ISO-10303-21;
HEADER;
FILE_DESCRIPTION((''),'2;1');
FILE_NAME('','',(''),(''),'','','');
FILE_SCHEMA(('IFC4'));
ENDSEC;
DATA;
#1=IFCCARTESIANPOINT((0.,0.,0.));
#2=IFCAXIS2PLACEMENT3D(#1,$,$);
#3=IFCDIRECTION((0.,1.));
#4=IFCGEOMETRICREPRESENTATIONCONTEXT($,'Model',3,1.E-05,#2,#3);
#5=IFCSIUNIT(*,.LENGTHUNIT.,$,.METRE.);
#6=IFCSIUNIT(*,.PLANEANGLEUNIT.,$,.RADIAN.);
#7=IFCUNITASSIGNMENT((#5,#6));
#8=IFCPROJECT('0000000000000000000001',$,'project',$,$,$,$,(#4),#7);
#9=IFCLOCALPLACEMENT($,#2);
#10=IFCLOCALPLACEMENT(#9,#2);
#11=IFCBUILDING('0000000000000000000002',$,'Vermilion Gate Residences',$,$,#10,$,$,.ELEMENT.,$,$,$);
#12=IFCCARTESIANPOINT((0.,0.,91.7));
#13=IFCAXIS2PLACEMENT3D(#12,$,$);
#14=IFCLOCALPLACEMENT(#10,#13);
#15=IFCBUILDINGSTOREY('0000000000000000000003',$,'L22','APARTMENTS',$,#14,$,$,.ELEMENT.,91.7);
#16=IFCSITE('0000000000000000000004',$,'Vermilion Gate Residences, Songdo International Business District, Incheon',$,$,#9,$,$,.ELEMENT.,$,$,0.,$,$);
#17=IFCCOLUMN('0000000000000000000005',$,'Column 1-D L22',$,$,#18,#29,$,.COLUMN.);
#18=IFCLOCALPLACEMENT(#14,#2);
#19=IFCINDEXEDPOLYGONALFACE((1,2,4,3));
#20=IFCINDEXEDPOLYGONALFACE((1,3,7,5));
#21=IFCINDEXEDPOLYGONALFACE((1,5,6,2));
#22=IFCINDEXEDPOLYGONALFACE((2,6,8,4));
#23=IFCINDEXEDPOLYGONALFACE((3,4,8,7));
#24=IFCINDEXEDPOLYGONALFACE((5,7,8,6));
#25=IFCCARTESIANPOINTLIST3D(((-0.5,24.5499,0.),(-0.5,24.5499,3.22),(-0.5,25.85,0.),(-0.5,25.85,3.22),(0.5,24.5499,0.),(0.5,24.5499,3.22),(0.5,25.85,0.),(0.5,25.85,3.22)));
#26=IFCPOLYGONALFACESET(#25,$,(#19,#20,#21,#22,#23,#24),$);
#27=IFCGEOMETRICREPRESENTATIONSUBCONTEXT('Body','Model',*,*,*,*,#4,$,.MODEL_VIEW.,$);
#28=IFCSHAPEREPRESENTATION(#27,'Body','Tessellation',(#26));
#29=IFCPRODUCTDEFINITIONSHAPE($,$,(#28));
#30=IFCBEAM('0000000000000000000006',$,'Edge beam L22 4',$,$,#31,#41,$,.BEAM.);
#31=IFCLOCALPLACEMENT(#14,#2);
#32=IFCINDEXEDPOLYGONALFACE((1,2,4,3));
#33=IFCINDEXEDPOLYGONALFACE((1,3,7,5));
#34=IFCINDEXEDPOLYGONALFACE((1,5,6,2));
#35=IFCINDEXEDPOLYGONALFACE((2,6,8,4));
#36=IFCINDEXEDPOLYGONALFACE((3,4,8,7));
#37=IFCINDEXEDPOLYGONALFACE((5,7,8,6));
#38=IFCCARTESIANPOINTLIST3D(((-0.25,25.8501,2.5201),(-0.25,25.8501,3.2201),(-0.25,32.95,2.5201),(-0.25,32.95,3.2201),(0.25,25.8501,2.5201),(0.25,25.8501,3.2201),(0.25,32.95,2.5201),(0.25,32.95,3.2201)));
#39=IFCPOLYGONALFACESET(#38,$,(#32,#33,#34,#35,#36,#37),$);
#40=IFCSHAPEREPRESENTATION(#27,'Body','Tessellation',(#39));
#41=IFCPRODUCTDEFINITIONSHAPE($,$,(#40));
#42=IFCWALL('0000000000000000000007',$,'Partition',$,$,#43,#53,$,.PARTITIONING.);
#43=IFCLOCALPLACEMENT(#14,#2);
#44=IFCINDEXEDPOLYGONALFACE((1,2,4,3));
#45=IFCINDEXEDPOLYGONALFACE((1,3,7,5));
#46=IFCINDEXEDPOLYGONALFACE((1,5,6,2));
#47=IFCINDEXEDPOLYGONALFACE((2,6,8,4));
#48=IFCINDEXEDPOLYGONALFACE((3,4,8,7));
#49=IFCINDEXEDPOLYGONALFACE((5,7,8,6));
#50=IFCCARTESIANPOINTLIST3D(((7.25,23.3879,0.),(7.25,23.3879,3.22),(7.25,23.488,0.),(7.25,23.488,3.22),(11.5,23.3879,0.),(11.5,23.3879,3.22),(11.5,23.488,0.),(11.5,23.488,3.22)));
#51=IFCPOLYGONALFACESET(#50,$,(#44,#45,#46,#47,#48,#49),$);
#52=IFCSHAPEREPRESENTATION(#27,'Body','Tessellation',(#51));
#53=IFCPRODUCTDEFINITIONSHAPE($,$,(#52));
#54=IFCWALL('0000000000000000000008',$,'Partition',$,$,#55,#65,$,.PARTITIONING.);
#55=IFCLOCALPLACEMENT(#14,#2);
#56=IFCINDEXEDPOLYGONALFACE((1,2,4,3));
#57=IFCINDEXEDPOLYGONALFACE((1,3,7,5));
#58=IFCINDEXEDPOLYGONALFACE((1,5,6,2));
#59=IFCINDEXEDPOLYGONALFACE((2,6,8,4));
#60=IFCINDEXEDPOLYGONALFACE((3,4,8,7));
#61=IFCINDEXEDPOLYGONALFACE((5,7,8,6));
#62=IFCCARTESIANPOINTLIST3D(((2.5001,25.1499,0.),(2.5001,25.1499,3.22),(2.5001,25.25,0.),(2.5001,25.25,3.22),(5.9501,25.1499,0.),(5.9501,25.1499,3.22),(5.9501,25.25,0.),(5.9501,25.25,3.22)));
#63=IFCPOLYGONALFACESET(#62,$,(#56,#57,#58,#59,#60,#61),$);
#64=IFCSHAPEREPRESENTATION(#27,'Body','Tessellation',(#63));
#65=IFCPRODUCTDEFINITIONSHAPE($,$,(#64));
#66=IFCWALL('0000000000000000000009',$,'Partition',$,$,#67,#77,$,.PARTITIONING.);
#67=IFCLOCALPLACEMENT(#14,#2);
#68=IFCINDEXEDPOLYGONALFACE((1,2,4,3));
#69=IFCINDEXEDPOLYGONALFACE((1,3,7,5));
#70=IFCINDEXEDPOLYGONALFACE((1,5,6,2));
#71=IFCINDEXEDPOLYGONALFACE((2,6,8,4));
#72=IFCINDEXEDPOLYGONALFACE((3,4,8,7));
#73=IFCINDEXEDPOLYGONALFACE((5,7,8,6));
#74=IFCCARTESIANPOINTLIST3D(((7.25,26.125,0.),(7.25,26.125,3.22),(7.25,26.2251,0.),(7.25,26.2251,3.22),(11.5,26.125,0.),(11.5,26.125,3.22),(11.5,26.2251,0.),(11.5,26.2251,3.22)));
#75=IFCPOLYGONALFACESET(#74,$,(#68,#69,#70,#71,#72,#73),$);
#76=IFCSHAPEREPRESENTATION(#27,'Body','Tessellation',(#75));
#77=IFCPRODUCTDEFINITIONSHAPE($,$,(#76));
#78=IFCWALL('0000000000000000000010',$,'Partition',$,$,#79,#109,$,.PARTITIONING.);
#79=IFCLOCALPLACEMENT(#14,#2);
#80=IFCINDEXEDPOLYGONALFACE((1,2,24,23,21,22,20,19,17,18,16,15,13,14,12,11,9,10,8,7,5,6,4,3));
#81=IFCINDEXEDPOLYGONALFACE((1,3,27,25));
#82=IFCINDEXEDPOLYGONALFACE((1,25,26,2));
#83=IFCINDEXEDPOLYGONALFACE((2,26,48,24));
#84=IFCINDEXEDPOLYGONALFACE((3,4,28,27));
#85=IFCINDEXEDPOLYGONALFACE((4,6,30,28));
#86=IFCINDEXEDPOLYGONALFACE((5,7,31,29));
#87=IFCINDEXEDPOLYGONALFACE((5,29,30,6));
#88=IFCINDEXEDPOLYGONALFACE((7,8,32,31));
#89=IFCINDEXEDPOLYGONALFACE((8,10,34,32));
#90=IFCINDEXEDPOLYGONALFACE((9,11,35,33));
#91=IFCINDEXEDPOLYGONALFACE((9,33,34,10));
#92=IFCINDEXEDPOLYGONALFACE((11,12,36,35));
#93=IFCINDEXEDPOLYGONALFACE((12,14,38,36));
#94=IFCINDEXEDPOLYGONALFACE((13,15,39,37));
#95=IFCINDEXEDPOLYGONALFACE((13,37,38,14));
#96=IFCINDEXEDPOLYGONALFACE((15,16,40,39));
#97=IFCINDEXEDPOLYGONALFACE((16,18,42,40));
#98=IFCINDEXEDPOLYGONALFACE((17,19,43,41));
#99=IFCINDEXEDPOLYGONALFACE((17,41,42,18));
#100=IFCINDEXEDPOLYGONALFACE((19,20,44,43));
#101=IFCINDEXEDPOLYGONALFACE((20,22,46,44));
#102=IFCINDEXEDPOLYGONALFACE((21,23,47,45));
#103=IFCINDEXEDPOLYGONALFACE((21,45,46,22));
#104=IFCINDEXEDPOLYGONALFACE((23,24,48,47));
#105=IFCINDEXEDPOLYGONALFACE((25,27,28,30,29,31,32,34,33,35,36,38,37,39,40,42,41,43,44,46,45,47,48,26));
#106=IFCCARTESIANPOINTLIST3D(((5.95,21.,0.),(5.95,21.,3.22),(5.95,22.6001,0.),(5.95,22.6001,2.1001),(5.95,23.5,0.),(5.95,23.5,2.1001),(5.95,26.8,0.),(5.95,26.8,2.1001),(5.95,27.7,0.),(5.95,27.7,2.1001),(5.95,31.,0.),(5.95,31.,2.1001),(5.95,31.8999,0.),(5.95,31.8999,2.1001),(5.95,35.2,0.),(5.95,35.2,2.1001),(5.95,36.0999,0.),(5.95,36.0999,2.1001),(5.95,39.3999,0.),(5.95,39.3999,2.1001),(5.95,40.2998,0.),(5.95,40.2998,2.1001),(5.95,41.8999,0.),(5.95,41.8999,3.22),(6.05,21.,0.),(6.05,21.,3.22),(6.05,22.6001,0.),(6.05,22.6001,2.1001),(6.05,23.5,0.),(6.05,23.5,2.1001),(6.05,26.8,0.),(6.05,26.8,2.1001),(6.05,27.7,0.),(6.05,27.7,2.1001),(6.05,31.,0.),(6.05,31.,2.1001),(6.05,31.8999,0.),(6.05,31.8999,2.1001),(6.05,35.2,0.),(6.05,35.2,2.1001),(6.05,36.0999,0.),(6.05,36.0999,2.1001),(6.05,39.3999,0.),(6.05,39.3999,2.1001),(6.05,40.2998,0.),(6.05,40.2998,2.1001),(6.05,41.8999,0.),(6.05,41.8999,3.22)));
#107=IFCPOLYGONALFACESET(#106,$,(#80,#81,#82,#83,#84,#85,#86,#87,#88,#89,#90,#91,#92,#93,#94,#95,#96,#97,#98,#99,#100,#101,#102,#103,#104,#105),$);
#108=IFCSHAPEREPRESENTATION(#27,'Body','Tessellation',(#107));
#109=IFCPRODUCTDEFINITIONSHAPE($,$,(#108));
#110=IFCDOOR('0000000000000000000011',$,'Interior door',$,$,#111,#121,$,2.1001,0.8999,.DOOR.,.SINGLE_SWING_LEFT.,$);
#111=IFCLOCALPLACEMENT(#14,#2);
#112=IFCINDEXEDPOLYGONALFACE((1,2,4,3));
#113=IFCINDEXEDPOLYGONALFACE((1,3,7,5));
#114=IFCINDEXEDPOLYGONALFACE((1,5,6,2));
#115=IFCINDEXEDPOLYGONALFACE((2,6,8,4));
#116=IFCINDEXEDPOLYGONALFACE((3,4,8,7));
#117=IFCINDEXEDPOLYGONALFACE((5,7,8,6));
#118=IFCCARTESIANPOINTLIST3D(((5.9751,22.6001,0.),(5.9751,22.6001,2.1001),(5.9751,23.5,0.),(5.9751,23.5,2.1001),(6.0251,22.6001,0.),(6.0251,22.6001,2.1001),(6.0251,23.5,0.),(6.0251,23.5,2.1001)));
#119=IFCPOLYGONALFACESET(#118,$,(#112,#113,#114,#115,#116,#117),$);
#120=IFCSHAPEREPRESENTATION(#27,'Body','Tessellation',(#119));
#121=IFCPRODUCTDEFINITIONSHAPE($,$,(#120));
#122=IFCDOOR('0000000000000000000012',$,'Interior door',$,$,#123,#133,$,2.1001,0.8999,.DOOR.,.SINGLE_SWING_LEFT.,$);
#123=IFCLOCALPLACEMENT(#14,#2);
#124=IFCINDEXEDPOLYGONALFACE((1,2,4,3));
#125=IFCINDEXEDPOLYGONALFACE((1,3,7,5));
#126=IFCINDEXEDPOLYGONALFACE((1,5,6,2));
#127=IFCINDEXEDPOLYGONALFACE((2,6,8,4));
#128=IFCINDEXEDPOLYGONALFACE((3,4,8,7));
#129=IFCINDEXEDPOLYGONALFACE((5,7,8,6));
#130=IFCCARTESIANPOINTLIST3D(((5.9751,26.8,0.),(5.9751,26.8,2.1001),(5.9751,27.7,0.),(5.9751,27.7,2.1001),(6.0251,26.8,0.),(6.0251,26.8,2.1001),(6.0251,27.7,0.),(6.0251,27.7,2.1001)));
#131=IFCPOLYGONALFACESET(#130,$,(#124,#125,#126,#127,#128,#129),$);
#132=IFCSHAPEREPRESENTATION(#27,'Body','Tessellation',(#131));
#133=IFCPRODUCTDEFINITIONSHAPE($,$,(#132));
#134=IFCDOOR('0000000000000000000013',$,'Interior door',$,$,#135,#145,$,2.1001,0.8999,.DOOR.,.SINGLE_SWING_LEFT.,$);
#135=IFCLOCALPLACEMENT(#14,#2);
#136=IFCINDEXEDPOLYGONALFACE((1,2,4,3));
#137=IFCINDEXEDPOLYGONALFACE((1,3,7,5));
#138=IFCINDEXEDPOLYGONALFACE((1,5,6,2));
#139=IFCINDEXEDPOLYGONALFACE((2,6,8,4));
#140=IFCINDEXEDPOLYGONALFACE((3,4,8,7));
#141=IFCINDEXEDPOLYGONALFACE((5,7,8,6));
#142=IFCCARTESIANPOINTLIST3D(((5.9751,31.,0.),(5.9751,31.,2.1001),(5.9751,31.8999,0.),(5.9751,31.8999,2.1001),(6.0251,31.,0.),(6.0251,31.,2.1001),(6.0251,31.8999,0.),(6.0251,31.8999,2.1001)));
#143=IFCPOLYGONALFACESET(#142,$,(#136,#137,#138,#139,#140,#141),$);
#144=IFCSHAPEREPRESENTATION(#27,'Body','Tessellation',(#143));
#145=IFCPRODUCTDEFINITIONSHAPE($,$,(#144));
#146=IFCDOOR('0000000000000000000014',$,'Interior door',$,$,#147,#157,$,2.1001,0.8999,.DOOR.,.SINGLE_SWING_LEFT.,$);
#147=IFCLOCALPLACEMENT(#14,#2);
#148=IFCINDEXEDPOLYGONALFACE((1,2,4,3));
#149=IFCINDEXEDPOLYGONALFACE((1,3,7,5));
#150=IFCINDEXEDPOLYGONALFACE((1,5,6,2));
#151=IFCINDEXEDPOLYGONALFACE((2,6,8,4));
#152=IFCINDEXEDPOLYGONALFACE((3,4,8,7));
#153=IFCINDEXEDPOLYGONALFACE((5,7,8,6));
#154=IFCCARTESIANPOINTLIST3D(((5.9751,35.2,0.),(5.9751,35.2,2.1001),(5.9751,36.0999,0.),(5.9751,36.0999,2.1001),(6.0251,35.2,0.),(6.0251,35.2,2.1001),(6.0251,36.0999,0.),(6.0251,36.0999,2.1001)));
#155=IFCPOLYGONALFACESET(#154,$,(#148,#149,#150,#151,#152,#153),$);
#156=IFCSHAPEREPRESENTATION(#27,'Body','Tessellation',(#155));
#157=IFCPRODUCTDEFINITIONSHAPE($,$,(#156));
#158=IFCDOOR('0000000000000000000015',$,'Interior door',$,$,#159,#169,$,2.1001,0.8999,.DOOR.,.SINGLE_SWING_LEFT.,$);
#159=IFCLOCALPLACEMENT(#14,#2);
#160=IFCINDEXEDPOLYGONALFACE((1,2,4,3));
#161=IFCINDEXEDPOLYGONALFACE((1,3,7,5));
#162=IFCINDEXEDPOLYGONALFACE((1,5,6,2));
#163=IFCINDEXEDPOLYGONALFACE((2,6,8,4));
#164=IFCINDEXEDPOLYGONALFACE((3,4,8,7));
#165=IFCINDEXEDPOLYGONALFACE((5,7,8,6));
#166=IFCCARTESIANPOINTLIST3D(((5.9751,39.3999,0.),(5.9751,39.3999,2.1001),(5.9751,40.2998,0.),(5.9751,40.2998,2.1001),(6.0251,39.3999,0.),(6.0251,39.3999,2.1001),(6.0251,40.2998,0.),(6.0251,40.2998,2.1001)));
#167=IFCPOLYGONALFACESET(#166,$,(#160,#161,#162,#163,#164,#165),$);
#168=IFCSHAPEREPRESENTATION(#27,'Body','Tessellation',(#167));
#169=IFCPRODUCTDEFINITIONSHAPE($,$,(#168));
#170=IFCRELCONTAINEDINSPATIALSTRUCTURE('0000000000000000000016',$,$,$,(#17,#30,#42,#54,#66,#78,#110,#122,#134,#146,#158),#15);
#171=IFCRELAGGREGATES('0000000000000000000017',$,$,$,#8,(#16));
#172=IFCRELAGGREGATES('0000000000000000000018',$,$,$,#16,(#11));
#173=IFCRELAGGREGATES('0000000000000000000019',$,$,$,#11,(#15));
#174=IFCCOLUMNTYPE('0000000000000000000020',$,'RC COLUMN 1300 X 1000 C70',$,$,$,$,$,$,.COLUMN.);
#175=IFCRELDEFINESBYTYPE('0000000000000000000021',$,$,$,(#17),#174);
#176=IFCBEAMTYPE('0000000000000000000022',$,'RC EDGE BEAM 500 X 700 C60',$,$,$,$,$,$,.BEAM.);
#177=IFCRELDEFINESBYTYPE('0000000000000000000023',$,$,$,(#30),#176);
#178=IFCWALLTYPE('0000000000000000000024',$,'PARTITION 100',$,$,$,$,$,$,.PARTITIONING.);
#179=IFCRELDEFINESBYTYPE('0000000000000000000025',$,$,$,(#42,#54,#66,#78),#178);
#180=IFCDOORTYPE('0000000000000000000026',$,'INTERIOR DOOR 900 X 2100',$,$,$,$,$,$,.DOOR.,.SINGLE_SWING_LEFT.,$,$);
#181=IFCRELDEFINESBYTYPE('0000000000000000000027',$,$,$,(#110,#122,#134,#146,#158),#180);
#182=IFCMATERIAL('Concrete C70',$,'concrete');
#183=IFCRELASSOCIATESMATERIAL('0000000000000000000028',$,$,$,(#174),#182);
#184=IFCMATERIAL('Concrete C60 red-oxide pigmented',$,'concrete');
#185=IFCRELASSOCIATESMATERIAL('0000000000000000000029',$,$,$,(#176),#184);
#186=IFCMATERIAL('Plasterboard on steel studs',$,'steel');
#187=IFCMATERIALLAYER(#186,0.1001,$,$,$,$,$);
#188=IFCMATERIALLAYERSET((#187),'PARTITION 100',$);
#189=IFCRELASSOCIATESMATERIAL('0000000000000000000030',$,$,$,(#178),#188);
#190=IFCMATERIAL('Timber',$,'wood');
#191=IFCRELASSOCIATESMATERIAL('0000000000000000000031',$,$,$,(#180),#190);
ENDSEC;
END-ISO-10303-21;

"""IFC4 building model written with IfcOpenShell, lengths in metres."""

from ifc_helpers import new_model, si_unit, direction, frame, frame_2d, origin, origin_2d, place, context, subcontext, project, spatial, rectangle, extrude, material, layer, layer_set, material_profile, profile_set, type_object, element, fill, save


model = new_model("IFC4")

# Units and contexts
model_context = context("Model", 3, precision=1e-05, world=origin(), true_north=direction((0.0, 1.0)))
body_context = subcontext(model_context, "Body", "Model", "MODEL_VIEW")
ifc_project = project(units=[si_unit("LENGTHUNIT", "METRE"), si_unit("PLANEANGLEUNIT", "RADIAN")], contexts=[model_context])

# Site, building, storey
site_placement = place(None, origin())
site = spatial("IfcSite", under=ifc_project, at=site_placement, Name="Vermilion Gate Residences, Songdo International Business District, Incheon", CompositionType="ELEMENT", RefElevation=0.0)
building_placement = place(site_placement, origin())
building = spatial("IfcBuilding", under=site, at=building_placement, Name="Vermilion Gate Residences", CompositionType="ELEMENT")
storey_placement = place(building_placement, frame((0.0, 0.0, 91.7)))
storey = spatial("IfcBuildingStorey", under=building, at=storey_placement, Name="L22", Description="APARTMENTS", CompositionType="ELEMENT", Elevation=91.7)

# Column
ifc_material_1 = material(Name="Concrete C70", Category="concrete")
ifc_material_profile_1 = material_profile(ifc_material_1, rectangle(XDim=1.3, YDim=1.0, at=origin_2d()), Name="RC-1300x1000")
ifc_profile_set_1 = profile_set([ifc_material_profile_1], Name="Concrete C70")
column_type = type_object("IfcColumnType", Name="RC COLUMN 1300 X 1000 C70", PredefinedType="COLUMN", material=ifc_profile_set_1)
column_placement = place(storey_placement, frame((0.0, 25.2, 0.0), z_axis=(0.0, 0.0, 1.0), x_axis=(0.0, 1.0, 0.0)))
element("IfcColumn", 1, at=column_placement, inside=storey, type_object=column_type, Name="Column 1-D L22", PredefinedType="COLUMN", context=body_context, shape_type="SweptSolid", body=[
    extrude(rectangle(XDim=1.3, YDim=1.0, at=origin_2d()), origin(), (0.0, 0.0, 1.0), 3.22),
])

# Beam
ifc_material_2 = material(Name="Concrete C60 red-oxide pigmented", Category="concrete")
ifc_material_profile_2 = material_profile(ifc_material_2, rectangle(XDim=0.5, YDim=0.7, at=origin_2d()), Name="RC-500x700")
ifc_profile_set_2 = profile_set([ifc_material_profile_2], Name="Concrete C60 red-oxide pigmented")
beam_type = type_object("IfcBeamType", Name="RC EDGE BEAM 500 X 700 C60", PredefinedType="BEAM", material=ifc_profile_set_2)
beam_placement = place(storey_placement, frame((0.0, 25.8501, 2.8701), z_axis=(0.0, 1.0, 0.0), x_axis=(-1.0, 0.0, 0.0)))
element("IfcBeam", 2, at=beam_placement, inside=storey, type_object=beam_type, Name="Edge beam L22 4", PredefinedType="BEAM", context=body_context, shape_type="SweptSolid", body=[
    extrude(rectangle(XDim=0.5, YDim=0.7, at=origin_2d()), origin(), (0.0, 0.0, 1.0), 7.0999),
])

# Walls
ifc_material_3 = material(Name="Plasterboard on steel studs", Category="steel")
ifc_layer = layer(ifc_material_3, 0.1001)
ifc_layer_set = layer_set([ifc_layer], Name="PARTITION 100")
wall_type = type_object("IfcWallType", Name="PARTITION 100", PredefinedType="PARTITIONING", material=ifc_layer_set)
wall_1_placement = place(storey_placement, frame((7.25, 23.438, 0.0), z_axis=(0.0, 0.0, 1.0), x_axis=(1.0, 0.0, 0.0)))
element("IfcWall", 3, at=wall_1_placement, inside=storey, type_object=wall_type, Name="Partition", PredefinedType="PARTITIONING", context=body_context, shape_type="SweptSolid", body=[
    extrude(rectangle(XDim=4.25, YDim=0.1001, at=frame_2d((2.125, 0.0))), origin(), (0.0, 0.0, 1.0), 3.22),
])
wall_2_placement = place(storey_placement, frame((2.5, 25.2, 0.0), z_axis=(0.0, 0.0, 1.0), x_axis=(1.0, 0.0, 0.0)))
element("IfcWall", 4, at=wall_2_placement, inside=storey, type_object=wall_type, Name="Partition", PredefinedType="PARTITIONING", context=body_context, shape_type="SweptSolid", body=[
    extrude(rectangle(XDim=3.45, YDim=0.1001, at=frame_2d((1.7251, 0.0))), origin(), (0.0, 0.0, 1.0), 3.22),
])
wall_3_placement = place(storey_placement, frame((7.25, 26.175, 0.0), z_axis=(0.0, 0.0, 1.0), x_axis=(1.0, 0.0, 0.0)))
element("IfcWall", 5, at=wall_3_placement, inside=storey, type_object=wall_type, Name="Partition", PredefinedType="PARTITIONING", context=body_context, shape_type="SweptSolid", body=[
    extrude(rectangle(XDim=4.25, YDim=0.1001, at=frame_2d((2.125, 0.0))), origin(), (0.0, 0.0, 1.0), 3.22),
])

# Wall, openings, doors
wall_4_placement = place(storey_placement, frame((6.0, 21.0, 0.0), z_axis=(0.0, 0.0, 1.0), x_axis=(0.0, 1.0, 0.0)))
wall_4 = element("IfcWall", 6, at=wall_4_placement, inside=storey, type_object=wall_type, Name="Partition", PredefinedType="PARTITIONING", context=body_context, shape_type="SweptSolid", body=[
    extrude(rectangle(XDim=20.8999, YDim=0.1001, at=frame_2d((10.45, 0.0))), origin(), (0.0, 0.0, 1.0), 3.22),
])
opening_1_placement = place(wall_4_placement, frame((1.6001, 0.0, 0.0)))
opening_1 = element("IfcOpeningElement", 7, at=opening_1_placement, cuts=wall_4, PredefinedType="OPENING", context=body_context, shape_type="SweptSolid", body=[
    extrude(rectangle(XDim=0.8999, YDim=2.1001, at=frame_2d((0.45, 1.05))), frame((0.0, 0.0601, 0.0), z_axis=(0.0, -1.0, 0.0), x_axis=(1.0, 0.0, 0.0)), (0.0, 0.0, 1.0), 0.1201),
])
opening_2_placement = place(wall_4_placement, frame((5.8, 0.0, 0.0)))
opening_2 = element("IfcOpeningElement", 8, at=opening_2_placement, cuts=wall_4, PredefinedType="OPENING", context=body_context, shape_type="SweptSolid", body=[
    extrude(rectangle(XDim=0.8999, YDim=2.1001, at=frame_2d((0.45, 1.05))), frame((0.0, 0.0601, 0.0), z_axis=(0.0, -1.0, 0.0), x_axis=(1.0, 0.0, 0.0)), (0.0, 0.0, 1.0), 0.1201),
])
opening_3_placement = place(wall_4_placement, frame((10.0, 0.0, 0.0)))
opening_3 = element("IfcOpeningElement", 9, at=opening_3_placement, cuts=wall_4, PredefinedType="OPENING", context=body_context, shape_type="SweptSolid", body=[
    extrude(rectangle(XDim=0.8999, YDim=2.1001, at=frame_2d((0.45, 1.05))), frame((0.0, 0.0601, 0.0), z_axis=(0.0, -1.0, 0.0), x_axis=(1.0, 0.0, 0.0)), (0.0, 0.0, 1.0), 0.1201),
])
opening_4_placement = place(wall_4_placement, frame((14.2, 0.0, 0.0)))
opening_4 = element("IfcOpeningElement", 10, at=opening_4_placement, cuts=wall_4, PredefinedType="OPENING", context=body_context, shape_type="SweptSolid", body=[
    extrude(rectangle(XDim=0.8999, YDim=2.1001, at=frame_2d((0.45, 1.05))), frame((0.0, 0.0601, 0.0), z_axis=(0.0, -1.0, 0.0), x_axis=(1.0, 0.0, 0.0)), (0.0, 0.0, 1.0), 0.1201),
])
opening_5_placement = place(wall_4_placement, frame((18.3999, 0.0, 0.0)))
opening_5 = element("IfcOpeningElement", 11, at=opening_5_placement, cuts=wall_4, PredefinedType="OPENING", context=body_context, shape_type="SweptSolid", body=[
    extrude(rectangle(XDim=0.8999, YDim=2.1001, at=frame_2d((0.45, 1.05))), frame((0.0, 0.0601, 0.0), z_axis=(0.0, -1.0, 0.0), x_axis=(1.0, 0.0, 0.0)), (0.0, 0.0, 1.0), 0.1201),
])
ifc_material_4 = material(Name="Timber", Category="wood")
door_type = type_object("IfcDoorType", Name="INTERIOR DOOR 900 X 2100", OperationType="SINGLE_SWING_LEFT", PredefinedType="DOOR", material=ifc_material_4)
door_1_placement = place(opening_1_placement, origin())
door_1 = element("IfcDoor", 12, at=door_1_placement, inside=storey, type_object=door_type, Name="Interior door", OperationType="SINGLE_SWING_LEFT", OverallHeight=2.1001, OverallWidth=0.8999, PredefinedType="DOOR", context=body_context, shape_type="SweptSolid", body=[
    extrude(rectangle(XDim=0.8999, YDim=2.1001, at=frame_2d((0.45, 1.05))), frame((0.0, 0.0249, 0.0), z_axis=(0.0, -1.0, 0.0), x_axis=(1.0, 0.0, 0.0)), (0.0, 0.0, 1.0), 0.05),
])
fill(opening_1, door_1)
door_2_placement = place(opening_2_placement, origin())
door_2 = element("IfcDoor", 13, at=door_2_placement, inside=storey, type_object=door_type, Name="Interior door", OperationType="SINGLE_SWING_LEFT", OverallHeight=2.1001, OverallWidth=0.8999, PredefinedType="DOOR", context=body_context, shape_type="SweptSolid", body=[
    extrude(rectangle(XDim=0.8999, YDim=2.1001, at=frame_2d((0.45, 1.05))), frame((0.0, 0.0249, 0.0), z_axis=(0.0, -1.0, 0.0), x_axis=(1.0, 0.0, 0.0)), (0.0, 0.0, 1.0), 0.05),
])
fill(opening_2, door_2)
door_3_placement = place(opening_3_placement, origin())
door_3 = element("IfcDoor", 14, at=door_3_placement, inside=storey, type_object=door_type, Name="Interior door", OperationType="SINGLE_SWING_LEFT", OverallHeight=2.1001, OverallWidth=0.8999, PredefinedType="DOOR", context=body_context, shape_type="SweptSolid", body=[
    extrude(rectangle(XDim=0.8999, YDim=2.1001, at=frame_2d((0.45, 1.05))), frame((0.0, 0.0249, 0.0), z_axis=(0.0, -1.0, 0.0), x_axis=(1.0, 0.0, 0.0)), (0.0, 0.0, 1.0), 0.05),
])
fill(opening_3, door_3)
door_4_placement = place(opening_4_placement, origin())
door_4 = element("IfcDoor", 15, at=door_4_placement, inside=storey, type_object=door_type, Name="Interior door", OperationType="SINGLE_SWING_LEFT", OverallHeight=2.1001, OverallWidth=0.8999, PredefinedType="DOOR", context=body_context, shape_type="SweptSolid", body=[
    extrude(rectangle(XDim=0.8999, YDim=2.1001, at=frame_2d((0.45, 1.05))), frame((0.0, 0.0249, 0.0), z_axis=(0.0, -1.0, 0.0), x_axis=(1.0, 0.0, 0.0)), (0.0, 0.0, 1.0), 0.05),
])
fill(opening_4, door_4)
door_5_placement = place(opening_5_placement, origin())
door_5 = element("IfcDoor", 16, at=door_5_placement, inside=storey, type_object=door_type, Name="Interior door", OperationType="SINGLE_SWING_LEFT", OverallHeight=2.1001, OverallWidth=0.8999, PredefinedType="DOOR", context=body_context, shape_type="SweptSolid", body=[
    extrude(rectangle(XDim=0.8999, YDim=2.1001, at=frame_2d((0.45, 1.05))), frame((0.0, 0.0249, 0.0), z_axis=(0.0, -1.0, 0.0), x_axis=(1.0, 0.0, 0.0)), (0.0, 0.0, 1.0), 0.05),
])
fill(opening_5, door_5)

save(model, "model.ifc")
